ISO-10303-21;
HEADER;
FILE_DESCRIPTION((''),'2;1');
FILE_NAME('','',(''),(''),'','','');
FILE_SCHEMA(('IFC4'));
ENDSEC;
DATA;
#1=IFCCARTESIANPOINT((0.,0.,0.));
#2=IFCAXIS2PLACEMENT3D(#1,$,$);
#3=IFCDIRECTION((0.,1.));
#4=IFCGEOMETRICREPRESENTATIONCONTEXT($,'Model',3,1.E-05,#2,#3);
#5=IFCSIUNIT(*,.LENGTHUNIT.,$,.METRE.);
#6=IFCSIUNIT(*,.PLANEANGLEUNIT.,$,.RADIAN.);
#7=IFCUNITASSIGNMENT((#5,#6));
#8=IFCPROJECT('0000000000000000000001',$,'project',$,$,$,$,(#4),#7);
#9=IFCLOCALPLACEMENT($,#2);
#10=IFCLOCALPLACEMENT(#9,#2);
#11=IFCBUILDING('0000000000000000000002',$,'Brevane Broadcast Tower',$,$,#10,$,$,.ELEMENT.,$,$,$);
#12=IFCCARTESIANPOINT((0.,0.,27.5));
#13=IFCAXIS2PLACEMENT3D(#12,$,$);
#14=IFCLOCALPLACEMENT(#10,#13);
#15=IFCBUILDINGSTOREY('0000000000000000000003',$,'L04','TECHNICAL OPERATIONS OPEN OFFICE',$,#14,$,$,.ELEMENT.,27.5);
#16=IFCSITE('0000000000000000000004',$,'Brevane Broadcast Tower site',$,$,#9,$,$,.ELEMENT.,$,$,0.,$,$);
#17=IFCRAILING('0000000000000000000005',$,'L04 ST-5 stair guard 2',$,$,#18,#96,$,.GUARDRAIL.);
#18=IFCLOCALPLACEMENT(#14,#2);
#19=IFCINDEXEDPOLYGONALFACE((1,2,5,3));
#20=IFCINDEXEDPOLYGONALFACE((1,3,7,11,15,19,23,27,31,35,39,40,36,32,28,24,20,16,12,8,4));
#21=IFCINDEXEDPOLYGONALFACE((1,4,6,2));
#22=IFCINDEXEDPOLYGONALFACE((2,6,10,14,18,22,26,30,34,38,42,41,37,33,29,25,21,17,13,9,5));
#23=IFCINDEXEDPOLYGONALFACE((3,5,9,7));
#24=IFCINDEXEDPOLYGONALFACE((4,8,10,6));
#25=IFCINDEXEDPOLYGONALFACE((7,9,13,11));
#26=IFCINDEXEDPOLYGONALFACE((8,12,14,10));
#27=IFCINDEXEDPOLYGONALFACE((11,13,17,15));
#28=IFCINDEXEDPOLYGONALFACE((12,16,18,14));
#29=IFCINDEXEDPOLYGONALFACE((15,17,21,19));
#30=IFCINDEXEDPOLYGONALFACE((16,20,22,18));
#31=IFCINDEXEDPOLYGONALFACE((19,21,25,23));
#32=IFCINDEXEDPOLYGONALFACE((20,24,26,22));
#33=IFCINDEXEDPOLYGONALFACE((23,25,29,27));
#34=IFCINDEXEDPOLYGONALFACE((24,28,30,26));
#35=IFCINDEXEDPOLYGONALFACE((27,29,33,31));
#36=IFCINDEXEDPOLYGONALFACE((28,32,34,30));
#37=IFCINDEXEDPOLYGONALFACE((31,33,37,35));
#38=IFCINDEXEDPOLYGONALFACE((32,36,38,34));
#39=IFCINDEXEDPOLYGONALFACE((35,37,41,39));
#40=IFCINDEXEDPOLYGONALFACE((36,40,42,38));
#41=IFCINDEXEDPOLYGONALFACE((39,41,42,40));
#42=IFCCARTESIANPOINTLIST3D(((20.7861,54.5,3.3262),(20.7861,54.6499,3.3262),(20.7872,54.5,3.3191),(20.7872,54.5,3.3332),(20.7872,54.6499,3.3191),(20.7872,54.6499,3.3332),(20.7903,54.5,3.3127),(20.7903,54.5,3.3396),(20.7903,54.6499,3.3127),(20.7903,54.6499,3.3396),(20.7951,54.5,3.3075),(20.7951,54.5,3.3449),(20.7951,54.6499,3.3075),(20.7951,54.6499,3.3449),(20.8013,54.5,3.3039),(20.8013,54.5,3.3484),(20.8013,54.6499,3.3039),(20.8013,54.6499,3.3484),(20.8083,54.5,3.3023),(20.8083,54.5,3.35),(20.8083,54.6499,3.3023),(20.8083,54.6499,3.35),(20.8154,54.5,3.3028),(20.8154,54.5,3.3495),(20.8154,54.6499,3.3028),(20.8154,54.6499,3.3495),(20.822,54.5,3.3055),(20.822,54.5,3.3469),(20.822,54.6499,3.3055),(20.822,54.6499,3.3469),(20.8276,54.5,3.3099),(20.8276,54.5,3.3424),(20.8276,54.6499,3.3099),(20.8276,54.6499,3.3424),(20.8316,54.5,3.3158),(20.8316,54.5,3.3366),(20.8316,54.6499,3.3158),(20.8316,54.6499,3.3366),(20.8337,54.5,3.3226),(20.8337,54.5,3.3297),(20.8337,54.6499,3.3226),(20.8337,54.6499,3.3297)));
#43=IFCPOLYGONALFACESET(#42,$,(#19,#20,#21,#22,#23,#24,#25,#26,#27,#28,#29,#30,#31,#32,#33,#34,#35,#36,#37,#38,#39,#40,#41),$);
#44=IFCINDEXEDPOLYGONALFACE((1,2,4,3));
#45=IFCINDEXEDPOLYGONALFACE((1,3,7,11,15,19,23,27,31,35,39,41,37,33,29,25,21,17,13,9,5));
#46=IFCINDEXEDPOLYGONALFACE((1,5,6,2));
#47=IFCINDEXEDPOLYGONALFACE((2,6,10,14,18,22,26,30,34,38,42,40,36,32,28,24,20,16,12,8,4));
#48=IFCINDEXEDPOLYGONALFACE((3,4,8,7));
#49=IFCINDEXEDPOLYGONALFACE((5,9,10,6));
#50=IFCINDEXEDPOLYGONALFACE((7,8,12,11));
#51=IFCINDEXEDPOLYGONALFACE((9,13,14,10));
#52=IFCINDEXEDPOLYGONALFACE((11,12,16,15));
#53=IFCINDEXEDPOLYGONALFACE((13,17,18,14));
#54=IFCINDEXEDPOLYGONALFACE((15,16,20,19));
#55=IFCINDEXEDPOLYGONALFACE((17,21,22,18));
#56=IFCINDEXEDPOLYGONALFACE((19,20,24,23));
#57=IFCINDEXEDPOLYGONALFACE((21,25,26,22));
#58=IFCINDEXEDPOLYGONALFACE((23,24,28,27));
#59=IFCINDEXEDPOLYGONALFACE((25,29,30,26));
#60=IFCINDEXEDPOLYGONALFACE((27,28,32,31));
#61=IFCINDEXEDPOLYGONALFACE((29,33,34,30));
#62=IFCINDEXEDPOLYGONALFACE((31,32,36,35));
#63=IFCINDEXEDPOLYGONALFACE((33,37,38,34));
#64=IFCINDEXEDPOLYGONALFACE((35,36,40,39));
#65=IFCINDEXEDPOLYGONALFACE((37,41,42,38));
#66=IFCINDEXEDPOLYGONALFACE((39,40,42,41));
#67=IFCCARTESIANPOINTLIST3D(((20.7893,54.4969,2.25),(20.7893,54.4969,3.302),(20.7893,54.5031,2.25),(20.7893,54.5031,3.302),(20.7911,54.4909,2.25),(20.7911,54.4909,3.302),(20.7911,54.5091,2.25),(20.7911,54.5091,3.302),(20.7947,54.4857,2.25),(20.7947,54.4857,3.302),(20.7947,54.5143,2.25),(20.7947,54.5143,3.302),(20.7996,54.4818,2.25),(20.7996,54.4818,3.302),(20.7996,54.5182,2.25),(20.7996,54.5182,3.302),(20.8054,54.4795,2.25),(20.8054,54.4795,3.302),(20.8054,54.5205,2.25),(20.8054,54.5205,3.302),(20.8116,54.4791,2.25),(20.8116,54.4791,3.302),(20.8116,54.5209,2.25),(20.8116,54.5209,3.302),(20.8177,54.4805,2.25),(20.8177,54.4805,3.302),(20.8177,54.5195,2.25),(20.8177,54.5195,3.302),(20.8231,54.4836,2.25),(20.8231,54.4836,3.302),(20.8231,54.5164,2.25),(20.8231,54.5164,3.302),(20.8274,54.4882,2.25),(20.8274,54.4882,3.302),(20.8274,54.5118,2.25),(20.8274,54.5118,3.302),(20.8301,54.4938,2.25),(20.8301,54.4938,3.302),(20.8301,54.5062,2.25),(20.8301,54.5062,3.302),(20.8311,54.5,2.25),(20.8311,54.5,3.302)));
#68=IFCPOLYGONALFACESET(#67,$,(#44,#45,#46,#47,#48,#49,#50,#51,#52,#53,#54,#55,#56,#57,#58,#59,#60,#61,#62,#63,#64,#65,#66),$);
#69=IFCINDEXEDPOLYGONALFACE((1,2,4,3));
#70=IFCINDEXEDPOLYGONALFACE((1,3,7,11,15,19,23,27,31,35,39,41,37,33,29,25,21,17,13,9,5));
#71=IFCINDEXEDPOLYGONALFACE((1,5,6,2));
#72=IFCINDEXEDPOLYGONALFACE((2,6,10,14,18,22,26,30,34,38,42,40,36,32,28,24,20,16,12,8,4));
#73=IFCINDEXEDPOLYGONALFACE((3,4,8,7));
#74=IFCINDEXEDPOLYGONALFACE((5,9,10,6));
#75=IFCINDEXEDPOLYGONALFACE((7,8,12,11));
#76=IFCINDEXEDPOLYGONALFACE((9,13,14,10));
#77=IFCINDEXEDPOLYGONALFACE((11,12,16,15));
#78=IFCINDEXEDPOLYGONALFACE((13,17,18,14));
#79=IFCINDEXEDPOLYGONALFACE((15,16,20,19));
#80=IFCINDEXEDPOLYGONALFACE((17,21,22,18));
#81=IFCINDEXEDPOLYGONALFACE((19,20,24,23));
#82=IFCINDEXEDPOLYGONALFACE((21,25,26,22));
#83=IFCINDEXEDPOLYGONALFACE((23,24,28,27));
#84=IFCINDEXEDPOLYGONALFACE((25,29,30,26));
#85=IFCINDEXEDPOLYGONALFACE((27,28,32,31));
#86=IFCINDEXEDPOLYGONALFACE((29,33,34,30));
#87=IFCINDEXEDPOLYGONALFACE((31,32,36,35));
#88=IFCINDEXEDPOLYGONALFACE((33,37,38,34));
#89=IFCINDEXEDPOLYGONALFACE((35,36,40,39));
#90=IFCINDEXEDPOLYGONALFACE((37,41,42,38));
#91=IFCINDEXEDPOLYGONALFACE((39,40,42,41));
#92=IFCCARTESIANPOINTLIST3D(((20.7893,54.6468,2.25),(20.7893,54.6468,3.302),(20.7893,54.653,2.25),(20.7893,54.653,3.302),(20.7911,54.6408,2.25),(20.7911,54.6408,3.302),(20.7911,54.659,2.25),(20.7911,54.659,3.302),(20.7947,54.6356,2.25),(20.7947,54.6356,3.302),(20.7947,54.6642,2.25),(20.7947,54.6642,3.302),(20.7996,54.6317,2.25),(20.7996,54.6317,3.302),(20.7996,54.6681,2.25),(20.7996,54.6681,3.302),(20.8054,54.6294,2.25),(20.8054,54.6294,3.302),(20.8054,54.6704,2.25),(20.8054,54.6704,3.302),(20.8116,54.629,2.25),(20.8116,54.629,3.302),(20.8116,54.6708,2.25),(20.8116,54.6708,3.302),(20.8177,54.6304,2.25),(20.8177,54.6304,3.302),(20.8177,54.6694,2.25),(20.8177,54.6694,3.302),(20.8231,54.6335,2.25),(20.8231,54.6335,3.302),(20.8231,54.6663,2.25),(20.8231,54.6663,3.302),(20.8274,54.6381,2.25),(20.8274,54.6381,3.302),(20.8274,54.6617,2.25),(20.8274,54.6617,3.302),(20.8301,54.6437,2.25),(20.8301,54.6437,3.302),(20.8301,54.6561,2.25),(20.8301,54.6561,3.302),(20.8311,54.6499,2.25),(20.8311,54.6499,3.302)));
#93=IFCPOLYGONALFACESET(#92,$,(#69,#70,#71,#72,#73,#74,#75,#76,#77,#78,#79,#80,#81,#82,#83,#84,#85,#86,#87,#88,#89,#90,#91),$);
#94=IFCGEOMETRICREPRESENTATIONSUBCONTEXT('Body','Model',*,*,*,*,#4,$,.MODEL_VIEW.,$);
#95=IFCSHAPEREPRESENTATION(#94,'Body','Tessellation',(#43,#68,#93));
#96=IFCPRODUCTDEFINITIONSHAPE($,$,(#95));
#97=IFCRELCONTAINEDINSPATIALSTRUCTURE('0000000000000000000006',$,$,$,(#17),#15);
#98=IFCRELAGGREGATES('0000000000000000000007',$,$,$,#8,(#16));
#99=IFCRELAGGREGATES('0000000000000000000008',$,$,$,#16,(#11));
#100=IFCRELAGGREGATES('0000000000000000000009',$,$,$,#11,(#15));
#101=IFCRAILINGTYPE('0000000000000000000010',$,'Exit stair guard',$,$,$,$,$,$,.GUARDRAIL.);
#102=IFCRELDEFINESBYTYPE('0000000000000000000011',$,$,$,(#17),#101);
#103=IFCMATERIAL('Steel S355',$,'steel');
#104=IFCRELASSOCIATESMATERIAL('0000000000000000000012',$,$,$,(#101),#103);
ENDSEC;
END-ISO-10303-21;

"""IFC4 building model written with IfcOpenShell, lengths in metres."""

from ifc_helpers import new_model, si_unit, direction, frame, origin, origin_2d, place, context, subcontext, project, spatial, circle, extrude, material, type_object, element, save


model = new_model("IFC4")

# Units and contexts
model_context = context("Model", 3, precision=1e-05, world=origin(), true_north=direction((0.0, 1.0)))
body_context = subcontext(model_context, "Body", "Model", "MODEL_VIEW")
ifc_project = project(units=[si_unit("LENGTHUNIT", "METRE"), si_unit("PLANEANGLEUNIT", "RADIAN")], contexts=[model_context])

# Site, building, storey
site_placement = place(None, origin())
site = spatial("IfcSite", under=ifc_project, at=site_placement, Name="Brevane Broadcast Tower site", CompositionType="ELEMENT", RefElevation=0.0)
building_placement = place(site_placement, origin())
building = spatial("IfcBuilding", under=site, at=building_placement, Name="Brevane Broadcast Tower", CompositionType="ELEMENT")
storey_placement = place(building_placement, frame((0.0, 0.0, 27.5)))
storey = spatial("IfcBuildingStorey", under=building, at=storey_placement, Name="L04", Description="TECHNICAL OPERATIONS OPEN OFFICE", CompositionType="ELEMENT", Elevation=27.5)

# Railing
ifc_material_1 = material(Name="Steel S355", Category="steel")
railing_type_1 = type_object("IfcRailingType", Name="Exit stair guard", PredefinedType="GUARDRAIL", material=ifc_material_1)
railing_1_placement = place(storey_placement, frame((20.8101, 54.5, 2.25)))
element("IfcRailing", 1, at=railing_1_placement, inside=storey, type_object=railing_type_1, Name="L04 ST-5 stair guard 2", PredefinedType="GUARDRAIL", context=body_context, shape_type="SweptSolid", body=[
    extrude(circle(Radius=0.0239, at=origin_2d()), frame((0.0, 0.0, 1.0762), z_axis=(0.0, 1.0, 0.0), x_axis=(-1.0, 0.0, 0.0)), (0.0, 0.0, 1.0), 0.1499),
    extrude(circle(Radius=0.021, at=origin_2d()), origin(), (0.0, 0.0, 1.0), 1.052),
    extrude(circle(Radius=0.021, at=origin_2d()), frame((0.0, 0.1499, 0.0)), (0.0, 0.0, 1.0), 1.052),
])

save(model, "model.ifc")
